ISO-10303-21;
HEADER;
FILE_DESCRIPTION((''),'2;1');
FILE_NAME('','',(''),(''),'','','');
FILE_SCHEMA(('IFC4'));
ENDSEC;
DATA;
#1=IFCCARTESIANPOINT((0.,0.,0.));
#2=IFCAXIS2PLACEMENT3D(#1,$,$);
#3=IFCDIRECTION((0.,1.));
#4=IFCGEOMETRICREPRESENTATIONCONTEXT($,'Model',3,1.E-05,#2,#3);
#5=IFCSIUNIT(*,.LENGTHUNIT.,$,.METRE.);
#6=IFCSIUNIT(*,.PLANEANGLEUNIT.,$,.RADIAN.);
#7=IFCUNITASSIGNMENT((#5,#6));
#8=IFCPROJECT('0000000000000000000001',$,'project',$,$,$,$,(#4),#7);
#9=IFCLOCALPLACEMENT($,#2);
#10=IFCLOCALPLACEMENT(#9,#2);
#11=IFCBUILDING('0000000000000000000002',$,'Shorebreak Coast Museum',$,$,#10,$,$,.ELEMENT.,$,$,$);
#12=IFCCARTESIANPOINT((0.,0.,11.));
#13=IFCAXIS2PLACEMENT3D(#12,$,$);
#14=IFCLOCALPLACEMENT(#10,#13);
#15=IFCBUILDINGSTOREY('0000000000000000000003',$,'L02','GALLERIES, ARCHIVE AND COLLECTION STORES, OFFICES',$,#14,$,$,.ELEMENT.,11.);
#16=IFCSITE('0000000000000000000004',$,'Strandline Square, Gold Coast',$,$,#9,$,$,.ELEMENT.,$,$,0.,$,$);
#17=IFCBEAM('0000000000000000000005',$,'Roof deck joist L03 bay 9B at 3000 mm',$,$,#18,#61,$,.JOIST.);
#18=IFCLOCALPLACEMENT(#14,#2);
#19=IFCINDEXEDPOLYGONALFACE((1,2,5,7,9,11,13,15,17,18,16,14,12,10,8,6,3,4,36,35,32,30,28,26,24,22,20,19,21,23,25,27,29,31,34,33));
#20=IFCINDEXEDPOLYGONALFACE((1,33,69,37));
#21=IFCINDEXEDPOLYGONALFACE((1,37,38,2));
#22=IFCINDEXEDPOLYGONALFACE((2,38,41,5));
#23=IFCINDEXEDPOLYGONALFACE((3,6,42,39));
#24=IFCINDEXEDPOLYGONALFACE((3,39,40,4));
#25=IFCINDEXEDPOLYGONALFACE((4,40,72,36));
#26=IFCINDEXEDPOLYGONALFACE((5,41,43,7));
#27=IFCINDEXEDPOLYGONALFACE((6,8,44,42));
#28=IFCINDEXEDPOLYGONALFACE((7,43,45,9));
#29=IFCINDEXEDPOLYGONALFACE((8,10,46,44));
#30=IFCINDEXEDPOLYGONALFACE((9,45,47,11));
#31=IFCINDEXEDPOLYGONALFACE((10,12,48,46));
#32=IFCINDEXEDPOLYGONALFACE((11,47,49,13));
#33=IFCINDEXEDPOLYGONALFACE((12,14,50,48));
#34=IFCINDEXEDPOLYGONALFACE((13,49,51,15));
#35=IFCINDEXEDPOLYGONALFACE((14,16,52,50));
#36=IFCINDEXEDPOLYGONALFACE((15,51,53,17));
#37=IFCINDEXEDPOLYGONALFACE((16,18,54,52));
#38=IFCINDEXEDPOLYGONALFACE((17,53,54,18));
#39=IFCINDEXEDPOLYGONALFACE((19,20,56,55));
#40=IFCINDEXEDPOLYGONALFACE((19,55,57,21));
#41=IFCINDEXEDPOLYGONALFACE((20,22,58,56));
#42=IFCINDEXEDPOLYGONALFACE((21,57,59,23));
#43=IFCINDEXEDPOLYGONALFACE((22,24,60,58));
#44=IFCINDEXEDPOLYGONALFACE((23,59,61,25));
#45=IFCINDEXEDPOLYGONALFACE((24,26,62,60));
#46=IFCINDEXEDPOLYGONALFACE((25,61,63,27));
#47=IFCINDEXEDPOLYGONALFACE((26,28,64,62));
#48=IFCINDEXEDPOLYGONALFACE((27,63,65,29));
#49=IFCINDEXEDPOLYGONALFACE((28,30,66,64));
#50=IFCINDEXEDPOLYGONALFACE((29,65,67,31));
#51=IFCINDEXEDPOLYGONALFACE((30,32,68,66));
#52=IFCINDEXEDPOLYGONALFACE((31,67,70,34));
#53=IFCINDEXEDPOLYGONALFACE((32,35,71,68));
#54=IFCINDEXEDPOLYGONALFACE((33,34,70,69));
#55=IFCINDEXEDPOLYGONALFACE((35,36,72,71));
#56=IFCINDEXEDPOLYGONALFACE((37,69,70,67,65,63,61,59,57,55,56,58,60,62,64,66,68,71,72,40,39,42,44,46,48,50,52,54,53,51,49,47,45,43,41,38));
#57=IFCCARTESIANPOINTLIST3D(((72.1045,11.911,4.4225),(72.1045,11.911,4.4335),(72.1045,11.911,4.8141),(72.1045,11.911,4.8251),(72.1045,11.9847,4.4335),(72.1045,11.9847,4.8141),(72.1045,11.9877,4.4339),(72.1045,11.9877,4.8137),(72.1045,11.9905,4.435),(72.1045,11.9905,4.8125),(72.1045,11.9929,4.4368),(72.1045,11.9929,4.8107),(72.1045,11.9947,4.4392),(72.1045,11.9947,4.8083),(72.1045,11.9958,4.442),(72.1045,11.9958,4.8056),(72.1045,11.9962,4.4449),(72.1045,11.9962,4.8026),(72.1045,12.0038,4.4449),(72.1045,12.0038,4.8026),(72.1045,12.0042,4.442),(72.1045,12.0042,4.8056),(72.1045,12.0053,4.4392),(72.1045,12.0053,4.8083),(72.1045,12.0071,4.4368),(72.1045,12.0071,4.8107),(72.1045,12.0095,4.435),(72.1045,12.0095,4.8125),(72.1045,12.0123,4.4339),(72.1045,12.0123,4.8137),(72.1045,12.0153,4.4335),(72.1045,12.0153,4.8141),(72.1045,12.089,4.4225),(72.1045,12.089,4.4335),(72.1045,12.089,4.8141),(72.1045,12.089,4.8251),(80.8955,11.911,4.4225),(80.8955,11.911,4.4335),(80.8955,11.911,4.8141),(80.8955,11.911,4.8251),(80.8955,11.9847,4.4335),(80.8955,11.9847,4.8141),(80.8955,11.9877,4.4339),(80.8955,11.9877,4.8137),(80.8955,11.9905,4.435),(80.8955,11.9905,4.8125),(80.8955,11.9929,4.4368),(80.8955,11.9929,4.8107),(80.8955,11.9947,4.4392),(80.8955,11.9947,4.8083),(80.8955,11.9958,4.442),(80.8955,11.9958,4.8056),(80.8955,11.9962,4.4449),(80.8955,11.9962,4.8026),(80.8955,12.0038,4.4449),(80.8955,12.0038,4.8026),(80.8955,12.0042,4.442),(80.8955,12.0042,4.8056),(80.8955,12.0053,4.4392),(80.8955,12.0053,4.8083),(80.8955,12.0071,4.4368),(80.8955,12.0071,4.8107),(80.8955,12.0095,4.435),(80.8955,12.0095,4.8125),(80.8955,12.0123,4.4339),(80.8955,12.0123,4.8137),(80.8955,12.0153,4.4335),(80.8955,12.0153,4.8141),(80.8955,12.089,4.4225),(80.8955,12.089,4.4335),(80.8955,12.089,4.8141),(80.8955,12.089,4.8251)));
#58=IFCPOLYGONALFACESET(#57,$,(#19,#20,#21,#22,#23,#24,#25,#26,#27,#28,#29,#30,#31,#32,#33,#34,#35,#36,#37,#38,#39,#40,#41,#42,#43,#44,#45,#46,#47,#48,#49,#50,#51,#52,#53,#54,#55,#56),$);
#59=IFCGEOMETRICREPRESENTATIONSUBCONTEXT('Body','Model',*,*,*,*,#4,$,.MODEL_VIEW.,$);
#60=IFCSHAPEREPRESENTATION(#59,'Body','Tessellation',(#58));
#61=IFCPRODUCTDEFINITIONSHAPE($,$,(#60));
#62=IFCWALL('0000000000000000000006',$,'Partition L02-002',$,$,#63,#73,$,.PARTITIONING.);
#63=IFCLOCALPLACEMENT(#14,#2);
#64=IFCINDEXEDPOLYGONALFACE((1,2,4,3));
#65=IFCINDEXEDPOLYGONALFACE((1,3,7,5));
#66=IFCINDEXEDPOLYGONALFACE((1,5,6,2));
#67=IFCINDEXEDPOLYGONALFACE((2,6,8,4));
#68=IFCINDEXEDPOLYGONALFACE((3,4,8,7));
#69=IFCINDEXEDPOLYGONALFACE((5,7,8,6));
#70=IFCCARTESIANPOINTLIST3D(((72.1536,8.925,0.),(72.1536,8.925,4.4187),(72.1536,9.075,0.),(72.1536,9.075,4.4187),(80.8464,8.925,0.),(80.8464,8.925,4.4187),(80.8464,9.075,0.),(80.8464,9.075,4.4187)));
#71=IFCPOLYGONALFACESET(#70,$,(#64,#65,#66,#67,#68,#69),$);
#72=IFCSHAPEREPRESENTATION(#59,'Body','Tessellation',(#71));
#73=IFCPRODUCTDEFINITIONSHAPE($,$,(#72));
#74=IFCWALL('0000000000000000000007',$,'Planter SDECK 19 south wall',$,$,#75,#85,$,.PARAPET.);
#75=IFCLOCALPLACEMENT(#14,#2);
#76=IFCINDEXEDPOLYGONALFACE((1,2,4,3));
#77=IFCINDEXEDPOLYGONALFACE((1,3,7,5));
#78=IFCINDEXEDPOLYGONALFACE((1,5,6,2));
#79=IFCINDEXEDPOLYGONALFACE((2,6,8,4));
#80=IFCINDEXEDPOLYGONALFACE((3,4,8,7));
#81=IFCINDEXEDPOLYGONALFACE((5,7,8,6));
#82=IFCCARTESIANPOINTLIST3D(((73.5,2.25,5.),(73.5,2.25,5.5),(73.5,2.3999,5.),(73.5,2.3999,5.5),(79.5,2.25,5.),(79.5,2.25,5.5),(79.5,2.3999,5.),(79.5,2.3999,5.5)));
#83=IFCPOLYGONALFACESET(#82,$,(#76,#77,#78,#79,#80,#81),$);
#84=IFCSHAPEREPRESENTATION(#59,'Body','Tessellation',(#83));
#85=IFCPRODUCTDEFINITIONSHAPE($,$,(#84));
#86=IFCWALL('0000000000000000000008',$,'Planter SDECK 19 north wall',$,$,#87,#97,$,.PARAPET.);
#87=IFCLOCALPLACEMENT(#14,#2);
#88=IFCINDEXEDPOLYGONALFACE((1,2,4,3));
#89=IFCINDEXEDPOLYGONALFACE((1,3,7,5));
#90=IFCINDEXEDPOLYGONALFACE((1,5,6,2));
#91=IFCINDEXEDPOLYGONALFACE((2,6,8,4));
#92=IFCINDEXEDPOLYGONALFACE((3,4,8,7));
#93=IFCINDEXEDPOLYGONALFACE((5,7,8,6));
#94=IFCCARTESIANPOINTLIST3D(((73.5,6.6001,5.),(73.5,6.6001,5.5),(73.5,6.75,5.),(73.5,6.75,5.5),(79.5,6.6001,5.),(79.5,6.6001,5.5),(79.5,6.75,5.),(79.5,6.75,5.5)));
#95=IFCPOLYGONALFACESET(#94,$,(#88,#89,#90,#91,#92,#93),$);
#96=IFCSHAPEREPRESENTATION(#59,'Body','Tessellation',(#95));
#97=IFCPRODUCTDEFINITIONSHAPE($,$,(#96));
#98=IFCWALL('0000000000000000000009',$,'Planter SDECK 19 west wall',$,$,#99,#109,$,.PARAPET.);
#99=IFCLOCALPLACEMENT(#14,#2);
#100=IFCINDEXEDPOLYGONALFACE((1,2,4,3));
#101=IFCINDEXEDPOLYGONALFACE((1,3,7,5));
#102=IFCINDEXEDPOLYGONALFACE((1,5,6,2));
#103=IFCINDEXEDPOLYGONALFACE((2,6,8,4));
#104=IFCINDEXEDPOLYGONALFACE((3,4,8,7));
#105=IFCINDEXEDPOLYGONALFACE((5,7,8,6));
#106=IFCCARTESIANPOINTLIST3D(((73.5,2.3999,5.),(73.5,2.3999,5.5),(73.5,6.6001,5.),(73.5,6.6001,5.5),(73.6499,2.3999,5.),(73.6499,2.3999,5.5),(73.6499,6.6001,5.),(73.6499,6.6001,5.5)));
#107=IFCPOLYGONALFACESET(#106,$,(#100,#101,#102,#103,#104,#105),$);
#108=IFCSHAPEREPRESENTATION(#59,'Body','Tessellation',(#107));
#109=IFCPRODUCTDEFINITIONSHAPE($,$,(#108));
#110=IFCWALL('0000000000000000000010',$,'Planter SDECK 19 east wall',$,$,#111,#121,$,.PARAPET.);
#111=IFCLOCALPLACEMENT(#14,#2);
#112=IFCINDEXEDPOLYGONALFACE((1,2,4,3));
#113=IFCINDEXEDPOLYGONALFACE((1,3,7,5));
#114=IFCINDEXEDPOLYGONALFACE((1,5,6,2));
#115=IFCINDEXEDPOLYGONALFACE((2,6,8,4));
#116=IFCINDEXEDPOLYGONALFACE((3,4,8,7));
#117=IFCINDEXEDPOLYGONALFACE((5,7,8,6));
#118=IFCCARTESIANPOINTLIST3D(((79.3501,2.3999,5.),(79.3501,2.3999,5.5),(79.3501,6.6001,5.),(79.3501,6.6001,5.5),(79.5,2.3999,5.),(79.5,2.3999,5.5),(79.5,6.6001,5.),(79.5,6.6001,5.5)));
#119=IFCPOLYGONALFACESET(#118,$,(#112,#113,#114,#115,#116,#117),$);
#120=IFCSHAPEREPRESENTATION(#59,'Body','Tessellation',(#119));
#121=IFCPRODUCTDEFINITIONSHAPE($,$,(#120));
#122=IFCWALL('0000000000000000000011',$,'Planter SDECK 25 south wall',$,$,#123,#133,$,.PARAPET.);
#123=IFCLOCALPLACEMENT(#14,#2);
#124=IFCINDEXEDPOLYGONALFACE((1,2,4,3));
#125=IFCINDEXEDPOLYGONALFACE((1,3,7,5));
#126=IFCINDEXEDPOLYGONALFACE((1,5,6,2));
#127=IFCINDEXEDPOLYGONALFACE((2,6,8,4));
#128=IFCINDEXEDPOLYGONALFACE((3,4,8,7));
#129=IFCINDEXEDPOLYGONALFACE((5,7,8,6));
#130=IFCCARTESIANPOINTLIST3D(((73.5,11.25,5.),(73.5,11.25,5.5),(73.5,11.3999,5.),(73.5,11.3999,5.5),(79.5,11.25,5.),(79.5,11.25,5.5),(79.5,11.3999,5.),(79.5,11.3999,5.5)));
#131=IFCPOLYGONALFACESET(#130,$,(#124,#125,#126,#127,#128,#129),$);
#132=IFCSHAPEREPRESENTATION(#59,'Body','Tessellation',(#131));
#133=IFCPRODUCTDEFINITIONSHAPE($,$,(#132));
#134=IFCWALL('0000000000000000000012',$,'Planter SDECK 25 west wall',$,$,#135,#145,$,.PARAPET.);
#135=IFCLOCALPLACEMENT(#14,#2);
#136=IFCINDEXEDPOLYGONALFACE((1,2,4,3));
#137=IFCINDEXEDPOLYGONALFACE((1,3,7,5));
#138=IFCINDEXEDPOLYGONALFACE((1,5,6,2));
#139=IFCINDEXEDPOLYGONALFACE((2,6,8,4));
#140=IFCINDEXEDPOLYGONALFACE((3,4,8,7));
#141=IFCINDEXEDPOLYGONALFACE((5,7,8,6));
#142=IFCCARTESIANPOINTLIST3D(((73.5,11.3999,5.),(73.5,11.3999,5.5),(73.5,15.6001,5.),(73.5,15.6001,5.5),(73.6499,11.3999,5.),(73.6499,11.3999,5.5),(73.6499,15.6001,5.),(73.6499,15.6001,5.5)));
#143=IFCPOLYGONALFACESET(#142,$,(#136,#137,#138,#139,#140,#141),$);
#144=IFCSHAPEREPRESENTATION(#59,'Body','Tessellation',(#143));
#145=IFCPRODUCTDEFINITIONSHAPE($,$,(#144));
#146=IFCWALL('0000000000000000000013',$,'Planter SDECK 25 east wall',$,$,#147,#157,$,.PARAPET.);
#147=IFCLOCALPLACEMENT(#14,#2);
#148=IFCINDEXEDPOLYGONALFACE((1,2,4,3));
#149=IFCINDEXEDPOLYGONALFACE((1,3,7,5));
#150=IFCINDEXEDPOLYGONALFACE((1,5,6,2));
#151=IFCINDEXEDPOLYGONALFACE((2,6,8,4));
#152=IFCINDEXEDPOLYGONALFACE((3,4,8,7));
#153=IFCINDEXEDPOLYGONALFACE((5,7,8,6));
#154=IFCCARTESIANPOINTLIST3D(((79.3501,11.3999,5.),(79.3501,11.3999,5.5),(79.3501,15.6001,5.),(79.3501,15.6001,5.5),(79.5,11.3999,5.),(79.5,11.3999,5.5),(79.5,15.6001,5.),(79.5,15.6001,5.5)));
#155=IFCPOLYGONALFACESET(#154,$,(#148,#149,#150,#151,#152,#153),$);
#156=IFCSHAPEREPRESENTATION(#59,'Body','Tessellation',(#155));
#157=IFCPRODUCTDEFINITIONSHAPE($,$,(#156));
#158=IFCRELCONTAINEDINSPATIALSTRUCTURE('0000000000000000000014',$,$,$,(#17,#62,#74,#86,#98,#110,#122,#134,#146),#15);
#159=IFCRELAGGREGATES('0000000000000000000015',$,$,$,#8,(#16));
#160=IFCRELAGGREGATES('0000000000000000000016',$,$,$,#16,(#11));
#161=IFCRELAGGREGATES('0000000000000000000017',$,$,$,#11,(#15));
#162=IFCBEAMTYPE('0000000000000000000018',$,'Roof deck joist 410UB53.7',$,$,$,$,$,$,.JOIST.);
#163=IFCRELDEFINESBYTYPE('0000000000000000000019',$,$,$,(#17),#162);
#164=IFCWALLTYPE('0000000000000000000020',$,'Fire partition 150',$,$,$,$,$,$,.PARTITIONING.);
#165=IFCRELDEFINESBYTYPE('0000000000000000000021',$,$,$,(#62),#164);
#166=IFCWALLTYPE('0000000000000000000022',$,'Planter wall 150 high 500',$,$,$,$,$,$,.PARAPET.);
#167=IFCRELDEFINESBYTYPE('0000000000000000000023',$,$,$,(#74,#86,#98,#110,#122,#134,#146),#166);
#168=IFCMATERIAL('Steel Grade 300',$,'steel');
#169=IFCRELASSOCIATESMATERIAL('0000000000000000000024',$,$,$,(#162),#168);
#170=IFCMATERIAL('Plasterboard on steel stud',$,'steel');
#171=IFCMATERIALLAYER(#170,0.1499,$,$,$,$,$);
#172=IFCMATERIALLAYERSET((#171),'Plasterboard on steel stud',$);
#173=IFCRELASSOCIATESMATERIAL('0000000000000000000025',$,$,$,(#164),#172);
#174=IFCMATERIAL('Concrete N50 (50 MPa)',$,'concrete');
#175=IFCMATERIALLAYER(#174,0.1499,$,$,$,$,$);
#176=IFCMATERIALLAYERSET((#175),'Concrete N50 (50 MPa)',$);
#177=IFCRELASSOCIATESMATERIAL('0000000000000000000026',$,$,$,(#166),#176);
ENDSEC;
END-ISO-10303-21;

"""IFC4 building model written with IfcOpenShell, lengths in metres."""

from ifc_helpers import new_model, si_unit, direction, frame, frame_2d, origin, origin_2d, place, context, subcontext, project, spatial, rectangle, i_section, extrude, material, layer, layer_set, material_profile, profile_set, type_object, element, save


model = new_model("IFC4")

# Units and contexts
model_context = context("Model", 3, precision=1e-05, world=origin(), true_north=direction((0.0, 1.0)))
body_context = subcontext(model_context, "Body", "Model", "MODEL_VIEW")
ifc_project = project(units=[si_unit("LENGTHUNIT", "METRE"), si_unit("PLANEANGLEUNIT", "RADIAN")], contexts=[model_context])

# Site, building, storey
site_placement = place(None, origin())
site = spatial("IfcSite", under=ifc_project, at=site_placement, Name="Strandline Square, Gold Coast", CompositionType="ELEMENT", RefElevation=0.0)
building_placement = place(site_placement, origin())
building = spatial("IfcBuilding", under=site, at=building_placement, Name="Shorebreak Coast Museum", CompositionType="ELEMENT")
storey_placement = place(building_placement, frame((0.0, 0.0, 11.0)))
storey = spatial("IfcBuildingStorey", under=building, at=storey_placement, Name="L02", Description="GALLERIES, ARCHIVE AND COLLECTION STORES, OFFICES", CompositionType="ELEMENT", Elevation=11.0)

# Beam
ifc_material_1 = material(Name="Steel Grade 300", Category="steel")
ifc_material_profile_1 = material_profile(ifc_material_1, i_section(OverallWidth=0.178, OverallDepth=0.4026, WebThickness=0.0076, FlangeThickness=0.011, FilletRadius=0.0115, at=origin_2d()), Name="410UB53.7")
ifc_profile_set_1 = profile_set([ifc_material_profile_1], Name="Steel Grade 300")
beam_type_1 = type_object("IfcBeamType", Name="Roof deck joist 410UB53.7", PredefinedType="JOIST", material=ifc_profile_set_1)
beam_1_placement = place(storey_placement, frame((72.1045, 12.0, 4.6238), z_axis=(1.0, 0.0, 0.0), x_axis=(0.0, 1.0, 0.0)))
element("IfcBeam", 1, at=beam_1_placement, inside=storey, type_object=beam_type_1, Name="Roof deck joist L03 bay 9B at 3000 mm", PredefinedType="JOIST", context=body_context, shape_type="SweptSolid", body=[
    extrude(i_section(OverallWidth=0.178, OverallDepth=0.4026, WebThickness=0.0076, FlangeThickness=0.011, FilletRadius=0.0115, at=origin_2d()), origin(), (0.0, 0.0, 1.0), 8.791),
])

# Walls
ifc_material_2 = material(Name="Plasterboard on steel stud", Category="steel")
ifc_layer_1 = layer(ifc_material_2, 0.1499)
ifc_layer_set_1 = layer_set([ifc_layer_1], Name="Plasterboard on steel stud")
wall_type_1 = type_object("IfcWallType", Name="Fire partition 150", PredefinedType="PARTITIONING", material=ifc_layer_set_1)
wall_1_placement = place(storey_placement, frame((72.1536, 9.0, 0.0), z_axis=(0.0, 0.0, 1.0), x_axis=(1.0, 0.0, 0.0)))
element("IfcWall", 2, at=wall_1_placement, inside=storey, type_object=wall_type_1, Name="Partition L02-002", PredefinedType="PARTITIONING", context=body_context, shape_type="SweptSolid", body=[
    extrude(rectangle(XDim=8.6929, YDim=0.1499, at=frame_2d((4.3464, 0.0))), origin(), (0.0, 0.0, 1.0), 4.4187),
])
ifc_material_3 = material(Name="Concrete N50 (50 MPa)", Category="concrete")
ifc_layer_2 = layer(ifc_material_3, 0.1499)
ifc_layer_set_2 = layer_set([ifc_layer_2], Name="Concrete N50 (50 MPa)")
wall_type_2 = type_object("IfcWallType", Name="Planter wall 150 high 500", PredefinedType="PARAPET", material=ifc_layer_set_2)
for number, where, z_axis, x_axis, name in (
    (3, (73.5, 2.325, 5.0), (0.0, 0.0, 1.0), (1.0, 0.0, 0.0), "Planter SDECK 19 south wall"),
    (4, (73.5, 6.675, 5.0), (0.0, 0.0, 1.0), (1.0, 0.0, 0.0), "Planter SDECK 19 north wall"),
):
    element("IfcWall", number, at=place(storey_placement, frame(where, z_axis=z_axis, x_axis=x_axis)), inside=storey, type_object=wall_type_2, Name=name, PredefinedType="PARAPET", context=body_context, shape_type="SweptSolid", body=[
        extrude(rectangle(XDim=6.0, YDim=0.1499, at=frame_2d((3.0, 0.0))), origin(), (0.0, 0.0, 1.0), 0.5),
    ])
for number, where, z_axis, x_axis, name in (
    (5, (73.575, 2.3999, 5.0), (0.0, 0.0, 1.0), (0.0, 1.0, 0.0), "Planter SDECK 19 west wall"),
    (6, (79.425, 2.3999, 5.0), (0.0, 0.0, 1.0), (0.0, 1.0, 0.0), "Planter SDECK 19 east wall"),
):
    element("IfcWall", number, at=place(storey_placement, frame(where, z_axis=z_axis, x_axis=x_axis)), inside=storey, type_object=wall_type_2, Name=name, PredefinedType="PARAPET", context=body_context, shape_type="SweptSolid", body=[
        extrude(rectangle(XDim=4.2002, YDim=0.1499, at=frame_2d((2.1001, 0.0))), origin(), (0.0, 0.0, 1.0), 0.5),
    ])
wall_2_placement = place(storey_placement, frame((73.5, 11.325, 5.0), z_axis=(0.0, 0.0, 1.0), x_axis=(1.0, 0.0, 0.0)))
element("IfcWall", 7, at=wall_2_placement, inside=storey, type_object=wall_type_2, Name="Planter SDECK 25 south wall", PredefinedType="PARAPET", context=body_context, shape_type="SweptSolid", body=[
    extrude(rectangle(XDim=6.0, YDim=0.1499, at=frame_2d((3.0, 0.0))), origin(), (0.0, 0.0, 1.0), 0.5),
])
for number, where, z_axis, x_axis, name in (
    (8, (73.575, 11.3999, 5.0), (0.0, 0.0, 1.0), (0.0, 1.0, 0.0), "Planter SDECK 25 west wall"),
    (9, (79.425, 11.3999, 5.0), (0.0, 0.0, 1.0), (0.0, 1.0, 0.0), "Planter SDECK 25 east wall"),
):
    element("IfcWall", number, at=place(storey_placement, frame(where, z_axis=z_axis, x_axis=x_axis)), inside=storey, type_object=wall_type_2, Name=name, PredefinedType="PARAPET", context=body_context, shape_type="SweptSolid", body=[
        extrude(rectangle(XDim=4.2002, YDim=0.1499, at=frame_2d((2.1001, 0.0))), origin(), (0.0, 0.0, 1.0), 0.5),
    ])

save(model, "model.ifc")
